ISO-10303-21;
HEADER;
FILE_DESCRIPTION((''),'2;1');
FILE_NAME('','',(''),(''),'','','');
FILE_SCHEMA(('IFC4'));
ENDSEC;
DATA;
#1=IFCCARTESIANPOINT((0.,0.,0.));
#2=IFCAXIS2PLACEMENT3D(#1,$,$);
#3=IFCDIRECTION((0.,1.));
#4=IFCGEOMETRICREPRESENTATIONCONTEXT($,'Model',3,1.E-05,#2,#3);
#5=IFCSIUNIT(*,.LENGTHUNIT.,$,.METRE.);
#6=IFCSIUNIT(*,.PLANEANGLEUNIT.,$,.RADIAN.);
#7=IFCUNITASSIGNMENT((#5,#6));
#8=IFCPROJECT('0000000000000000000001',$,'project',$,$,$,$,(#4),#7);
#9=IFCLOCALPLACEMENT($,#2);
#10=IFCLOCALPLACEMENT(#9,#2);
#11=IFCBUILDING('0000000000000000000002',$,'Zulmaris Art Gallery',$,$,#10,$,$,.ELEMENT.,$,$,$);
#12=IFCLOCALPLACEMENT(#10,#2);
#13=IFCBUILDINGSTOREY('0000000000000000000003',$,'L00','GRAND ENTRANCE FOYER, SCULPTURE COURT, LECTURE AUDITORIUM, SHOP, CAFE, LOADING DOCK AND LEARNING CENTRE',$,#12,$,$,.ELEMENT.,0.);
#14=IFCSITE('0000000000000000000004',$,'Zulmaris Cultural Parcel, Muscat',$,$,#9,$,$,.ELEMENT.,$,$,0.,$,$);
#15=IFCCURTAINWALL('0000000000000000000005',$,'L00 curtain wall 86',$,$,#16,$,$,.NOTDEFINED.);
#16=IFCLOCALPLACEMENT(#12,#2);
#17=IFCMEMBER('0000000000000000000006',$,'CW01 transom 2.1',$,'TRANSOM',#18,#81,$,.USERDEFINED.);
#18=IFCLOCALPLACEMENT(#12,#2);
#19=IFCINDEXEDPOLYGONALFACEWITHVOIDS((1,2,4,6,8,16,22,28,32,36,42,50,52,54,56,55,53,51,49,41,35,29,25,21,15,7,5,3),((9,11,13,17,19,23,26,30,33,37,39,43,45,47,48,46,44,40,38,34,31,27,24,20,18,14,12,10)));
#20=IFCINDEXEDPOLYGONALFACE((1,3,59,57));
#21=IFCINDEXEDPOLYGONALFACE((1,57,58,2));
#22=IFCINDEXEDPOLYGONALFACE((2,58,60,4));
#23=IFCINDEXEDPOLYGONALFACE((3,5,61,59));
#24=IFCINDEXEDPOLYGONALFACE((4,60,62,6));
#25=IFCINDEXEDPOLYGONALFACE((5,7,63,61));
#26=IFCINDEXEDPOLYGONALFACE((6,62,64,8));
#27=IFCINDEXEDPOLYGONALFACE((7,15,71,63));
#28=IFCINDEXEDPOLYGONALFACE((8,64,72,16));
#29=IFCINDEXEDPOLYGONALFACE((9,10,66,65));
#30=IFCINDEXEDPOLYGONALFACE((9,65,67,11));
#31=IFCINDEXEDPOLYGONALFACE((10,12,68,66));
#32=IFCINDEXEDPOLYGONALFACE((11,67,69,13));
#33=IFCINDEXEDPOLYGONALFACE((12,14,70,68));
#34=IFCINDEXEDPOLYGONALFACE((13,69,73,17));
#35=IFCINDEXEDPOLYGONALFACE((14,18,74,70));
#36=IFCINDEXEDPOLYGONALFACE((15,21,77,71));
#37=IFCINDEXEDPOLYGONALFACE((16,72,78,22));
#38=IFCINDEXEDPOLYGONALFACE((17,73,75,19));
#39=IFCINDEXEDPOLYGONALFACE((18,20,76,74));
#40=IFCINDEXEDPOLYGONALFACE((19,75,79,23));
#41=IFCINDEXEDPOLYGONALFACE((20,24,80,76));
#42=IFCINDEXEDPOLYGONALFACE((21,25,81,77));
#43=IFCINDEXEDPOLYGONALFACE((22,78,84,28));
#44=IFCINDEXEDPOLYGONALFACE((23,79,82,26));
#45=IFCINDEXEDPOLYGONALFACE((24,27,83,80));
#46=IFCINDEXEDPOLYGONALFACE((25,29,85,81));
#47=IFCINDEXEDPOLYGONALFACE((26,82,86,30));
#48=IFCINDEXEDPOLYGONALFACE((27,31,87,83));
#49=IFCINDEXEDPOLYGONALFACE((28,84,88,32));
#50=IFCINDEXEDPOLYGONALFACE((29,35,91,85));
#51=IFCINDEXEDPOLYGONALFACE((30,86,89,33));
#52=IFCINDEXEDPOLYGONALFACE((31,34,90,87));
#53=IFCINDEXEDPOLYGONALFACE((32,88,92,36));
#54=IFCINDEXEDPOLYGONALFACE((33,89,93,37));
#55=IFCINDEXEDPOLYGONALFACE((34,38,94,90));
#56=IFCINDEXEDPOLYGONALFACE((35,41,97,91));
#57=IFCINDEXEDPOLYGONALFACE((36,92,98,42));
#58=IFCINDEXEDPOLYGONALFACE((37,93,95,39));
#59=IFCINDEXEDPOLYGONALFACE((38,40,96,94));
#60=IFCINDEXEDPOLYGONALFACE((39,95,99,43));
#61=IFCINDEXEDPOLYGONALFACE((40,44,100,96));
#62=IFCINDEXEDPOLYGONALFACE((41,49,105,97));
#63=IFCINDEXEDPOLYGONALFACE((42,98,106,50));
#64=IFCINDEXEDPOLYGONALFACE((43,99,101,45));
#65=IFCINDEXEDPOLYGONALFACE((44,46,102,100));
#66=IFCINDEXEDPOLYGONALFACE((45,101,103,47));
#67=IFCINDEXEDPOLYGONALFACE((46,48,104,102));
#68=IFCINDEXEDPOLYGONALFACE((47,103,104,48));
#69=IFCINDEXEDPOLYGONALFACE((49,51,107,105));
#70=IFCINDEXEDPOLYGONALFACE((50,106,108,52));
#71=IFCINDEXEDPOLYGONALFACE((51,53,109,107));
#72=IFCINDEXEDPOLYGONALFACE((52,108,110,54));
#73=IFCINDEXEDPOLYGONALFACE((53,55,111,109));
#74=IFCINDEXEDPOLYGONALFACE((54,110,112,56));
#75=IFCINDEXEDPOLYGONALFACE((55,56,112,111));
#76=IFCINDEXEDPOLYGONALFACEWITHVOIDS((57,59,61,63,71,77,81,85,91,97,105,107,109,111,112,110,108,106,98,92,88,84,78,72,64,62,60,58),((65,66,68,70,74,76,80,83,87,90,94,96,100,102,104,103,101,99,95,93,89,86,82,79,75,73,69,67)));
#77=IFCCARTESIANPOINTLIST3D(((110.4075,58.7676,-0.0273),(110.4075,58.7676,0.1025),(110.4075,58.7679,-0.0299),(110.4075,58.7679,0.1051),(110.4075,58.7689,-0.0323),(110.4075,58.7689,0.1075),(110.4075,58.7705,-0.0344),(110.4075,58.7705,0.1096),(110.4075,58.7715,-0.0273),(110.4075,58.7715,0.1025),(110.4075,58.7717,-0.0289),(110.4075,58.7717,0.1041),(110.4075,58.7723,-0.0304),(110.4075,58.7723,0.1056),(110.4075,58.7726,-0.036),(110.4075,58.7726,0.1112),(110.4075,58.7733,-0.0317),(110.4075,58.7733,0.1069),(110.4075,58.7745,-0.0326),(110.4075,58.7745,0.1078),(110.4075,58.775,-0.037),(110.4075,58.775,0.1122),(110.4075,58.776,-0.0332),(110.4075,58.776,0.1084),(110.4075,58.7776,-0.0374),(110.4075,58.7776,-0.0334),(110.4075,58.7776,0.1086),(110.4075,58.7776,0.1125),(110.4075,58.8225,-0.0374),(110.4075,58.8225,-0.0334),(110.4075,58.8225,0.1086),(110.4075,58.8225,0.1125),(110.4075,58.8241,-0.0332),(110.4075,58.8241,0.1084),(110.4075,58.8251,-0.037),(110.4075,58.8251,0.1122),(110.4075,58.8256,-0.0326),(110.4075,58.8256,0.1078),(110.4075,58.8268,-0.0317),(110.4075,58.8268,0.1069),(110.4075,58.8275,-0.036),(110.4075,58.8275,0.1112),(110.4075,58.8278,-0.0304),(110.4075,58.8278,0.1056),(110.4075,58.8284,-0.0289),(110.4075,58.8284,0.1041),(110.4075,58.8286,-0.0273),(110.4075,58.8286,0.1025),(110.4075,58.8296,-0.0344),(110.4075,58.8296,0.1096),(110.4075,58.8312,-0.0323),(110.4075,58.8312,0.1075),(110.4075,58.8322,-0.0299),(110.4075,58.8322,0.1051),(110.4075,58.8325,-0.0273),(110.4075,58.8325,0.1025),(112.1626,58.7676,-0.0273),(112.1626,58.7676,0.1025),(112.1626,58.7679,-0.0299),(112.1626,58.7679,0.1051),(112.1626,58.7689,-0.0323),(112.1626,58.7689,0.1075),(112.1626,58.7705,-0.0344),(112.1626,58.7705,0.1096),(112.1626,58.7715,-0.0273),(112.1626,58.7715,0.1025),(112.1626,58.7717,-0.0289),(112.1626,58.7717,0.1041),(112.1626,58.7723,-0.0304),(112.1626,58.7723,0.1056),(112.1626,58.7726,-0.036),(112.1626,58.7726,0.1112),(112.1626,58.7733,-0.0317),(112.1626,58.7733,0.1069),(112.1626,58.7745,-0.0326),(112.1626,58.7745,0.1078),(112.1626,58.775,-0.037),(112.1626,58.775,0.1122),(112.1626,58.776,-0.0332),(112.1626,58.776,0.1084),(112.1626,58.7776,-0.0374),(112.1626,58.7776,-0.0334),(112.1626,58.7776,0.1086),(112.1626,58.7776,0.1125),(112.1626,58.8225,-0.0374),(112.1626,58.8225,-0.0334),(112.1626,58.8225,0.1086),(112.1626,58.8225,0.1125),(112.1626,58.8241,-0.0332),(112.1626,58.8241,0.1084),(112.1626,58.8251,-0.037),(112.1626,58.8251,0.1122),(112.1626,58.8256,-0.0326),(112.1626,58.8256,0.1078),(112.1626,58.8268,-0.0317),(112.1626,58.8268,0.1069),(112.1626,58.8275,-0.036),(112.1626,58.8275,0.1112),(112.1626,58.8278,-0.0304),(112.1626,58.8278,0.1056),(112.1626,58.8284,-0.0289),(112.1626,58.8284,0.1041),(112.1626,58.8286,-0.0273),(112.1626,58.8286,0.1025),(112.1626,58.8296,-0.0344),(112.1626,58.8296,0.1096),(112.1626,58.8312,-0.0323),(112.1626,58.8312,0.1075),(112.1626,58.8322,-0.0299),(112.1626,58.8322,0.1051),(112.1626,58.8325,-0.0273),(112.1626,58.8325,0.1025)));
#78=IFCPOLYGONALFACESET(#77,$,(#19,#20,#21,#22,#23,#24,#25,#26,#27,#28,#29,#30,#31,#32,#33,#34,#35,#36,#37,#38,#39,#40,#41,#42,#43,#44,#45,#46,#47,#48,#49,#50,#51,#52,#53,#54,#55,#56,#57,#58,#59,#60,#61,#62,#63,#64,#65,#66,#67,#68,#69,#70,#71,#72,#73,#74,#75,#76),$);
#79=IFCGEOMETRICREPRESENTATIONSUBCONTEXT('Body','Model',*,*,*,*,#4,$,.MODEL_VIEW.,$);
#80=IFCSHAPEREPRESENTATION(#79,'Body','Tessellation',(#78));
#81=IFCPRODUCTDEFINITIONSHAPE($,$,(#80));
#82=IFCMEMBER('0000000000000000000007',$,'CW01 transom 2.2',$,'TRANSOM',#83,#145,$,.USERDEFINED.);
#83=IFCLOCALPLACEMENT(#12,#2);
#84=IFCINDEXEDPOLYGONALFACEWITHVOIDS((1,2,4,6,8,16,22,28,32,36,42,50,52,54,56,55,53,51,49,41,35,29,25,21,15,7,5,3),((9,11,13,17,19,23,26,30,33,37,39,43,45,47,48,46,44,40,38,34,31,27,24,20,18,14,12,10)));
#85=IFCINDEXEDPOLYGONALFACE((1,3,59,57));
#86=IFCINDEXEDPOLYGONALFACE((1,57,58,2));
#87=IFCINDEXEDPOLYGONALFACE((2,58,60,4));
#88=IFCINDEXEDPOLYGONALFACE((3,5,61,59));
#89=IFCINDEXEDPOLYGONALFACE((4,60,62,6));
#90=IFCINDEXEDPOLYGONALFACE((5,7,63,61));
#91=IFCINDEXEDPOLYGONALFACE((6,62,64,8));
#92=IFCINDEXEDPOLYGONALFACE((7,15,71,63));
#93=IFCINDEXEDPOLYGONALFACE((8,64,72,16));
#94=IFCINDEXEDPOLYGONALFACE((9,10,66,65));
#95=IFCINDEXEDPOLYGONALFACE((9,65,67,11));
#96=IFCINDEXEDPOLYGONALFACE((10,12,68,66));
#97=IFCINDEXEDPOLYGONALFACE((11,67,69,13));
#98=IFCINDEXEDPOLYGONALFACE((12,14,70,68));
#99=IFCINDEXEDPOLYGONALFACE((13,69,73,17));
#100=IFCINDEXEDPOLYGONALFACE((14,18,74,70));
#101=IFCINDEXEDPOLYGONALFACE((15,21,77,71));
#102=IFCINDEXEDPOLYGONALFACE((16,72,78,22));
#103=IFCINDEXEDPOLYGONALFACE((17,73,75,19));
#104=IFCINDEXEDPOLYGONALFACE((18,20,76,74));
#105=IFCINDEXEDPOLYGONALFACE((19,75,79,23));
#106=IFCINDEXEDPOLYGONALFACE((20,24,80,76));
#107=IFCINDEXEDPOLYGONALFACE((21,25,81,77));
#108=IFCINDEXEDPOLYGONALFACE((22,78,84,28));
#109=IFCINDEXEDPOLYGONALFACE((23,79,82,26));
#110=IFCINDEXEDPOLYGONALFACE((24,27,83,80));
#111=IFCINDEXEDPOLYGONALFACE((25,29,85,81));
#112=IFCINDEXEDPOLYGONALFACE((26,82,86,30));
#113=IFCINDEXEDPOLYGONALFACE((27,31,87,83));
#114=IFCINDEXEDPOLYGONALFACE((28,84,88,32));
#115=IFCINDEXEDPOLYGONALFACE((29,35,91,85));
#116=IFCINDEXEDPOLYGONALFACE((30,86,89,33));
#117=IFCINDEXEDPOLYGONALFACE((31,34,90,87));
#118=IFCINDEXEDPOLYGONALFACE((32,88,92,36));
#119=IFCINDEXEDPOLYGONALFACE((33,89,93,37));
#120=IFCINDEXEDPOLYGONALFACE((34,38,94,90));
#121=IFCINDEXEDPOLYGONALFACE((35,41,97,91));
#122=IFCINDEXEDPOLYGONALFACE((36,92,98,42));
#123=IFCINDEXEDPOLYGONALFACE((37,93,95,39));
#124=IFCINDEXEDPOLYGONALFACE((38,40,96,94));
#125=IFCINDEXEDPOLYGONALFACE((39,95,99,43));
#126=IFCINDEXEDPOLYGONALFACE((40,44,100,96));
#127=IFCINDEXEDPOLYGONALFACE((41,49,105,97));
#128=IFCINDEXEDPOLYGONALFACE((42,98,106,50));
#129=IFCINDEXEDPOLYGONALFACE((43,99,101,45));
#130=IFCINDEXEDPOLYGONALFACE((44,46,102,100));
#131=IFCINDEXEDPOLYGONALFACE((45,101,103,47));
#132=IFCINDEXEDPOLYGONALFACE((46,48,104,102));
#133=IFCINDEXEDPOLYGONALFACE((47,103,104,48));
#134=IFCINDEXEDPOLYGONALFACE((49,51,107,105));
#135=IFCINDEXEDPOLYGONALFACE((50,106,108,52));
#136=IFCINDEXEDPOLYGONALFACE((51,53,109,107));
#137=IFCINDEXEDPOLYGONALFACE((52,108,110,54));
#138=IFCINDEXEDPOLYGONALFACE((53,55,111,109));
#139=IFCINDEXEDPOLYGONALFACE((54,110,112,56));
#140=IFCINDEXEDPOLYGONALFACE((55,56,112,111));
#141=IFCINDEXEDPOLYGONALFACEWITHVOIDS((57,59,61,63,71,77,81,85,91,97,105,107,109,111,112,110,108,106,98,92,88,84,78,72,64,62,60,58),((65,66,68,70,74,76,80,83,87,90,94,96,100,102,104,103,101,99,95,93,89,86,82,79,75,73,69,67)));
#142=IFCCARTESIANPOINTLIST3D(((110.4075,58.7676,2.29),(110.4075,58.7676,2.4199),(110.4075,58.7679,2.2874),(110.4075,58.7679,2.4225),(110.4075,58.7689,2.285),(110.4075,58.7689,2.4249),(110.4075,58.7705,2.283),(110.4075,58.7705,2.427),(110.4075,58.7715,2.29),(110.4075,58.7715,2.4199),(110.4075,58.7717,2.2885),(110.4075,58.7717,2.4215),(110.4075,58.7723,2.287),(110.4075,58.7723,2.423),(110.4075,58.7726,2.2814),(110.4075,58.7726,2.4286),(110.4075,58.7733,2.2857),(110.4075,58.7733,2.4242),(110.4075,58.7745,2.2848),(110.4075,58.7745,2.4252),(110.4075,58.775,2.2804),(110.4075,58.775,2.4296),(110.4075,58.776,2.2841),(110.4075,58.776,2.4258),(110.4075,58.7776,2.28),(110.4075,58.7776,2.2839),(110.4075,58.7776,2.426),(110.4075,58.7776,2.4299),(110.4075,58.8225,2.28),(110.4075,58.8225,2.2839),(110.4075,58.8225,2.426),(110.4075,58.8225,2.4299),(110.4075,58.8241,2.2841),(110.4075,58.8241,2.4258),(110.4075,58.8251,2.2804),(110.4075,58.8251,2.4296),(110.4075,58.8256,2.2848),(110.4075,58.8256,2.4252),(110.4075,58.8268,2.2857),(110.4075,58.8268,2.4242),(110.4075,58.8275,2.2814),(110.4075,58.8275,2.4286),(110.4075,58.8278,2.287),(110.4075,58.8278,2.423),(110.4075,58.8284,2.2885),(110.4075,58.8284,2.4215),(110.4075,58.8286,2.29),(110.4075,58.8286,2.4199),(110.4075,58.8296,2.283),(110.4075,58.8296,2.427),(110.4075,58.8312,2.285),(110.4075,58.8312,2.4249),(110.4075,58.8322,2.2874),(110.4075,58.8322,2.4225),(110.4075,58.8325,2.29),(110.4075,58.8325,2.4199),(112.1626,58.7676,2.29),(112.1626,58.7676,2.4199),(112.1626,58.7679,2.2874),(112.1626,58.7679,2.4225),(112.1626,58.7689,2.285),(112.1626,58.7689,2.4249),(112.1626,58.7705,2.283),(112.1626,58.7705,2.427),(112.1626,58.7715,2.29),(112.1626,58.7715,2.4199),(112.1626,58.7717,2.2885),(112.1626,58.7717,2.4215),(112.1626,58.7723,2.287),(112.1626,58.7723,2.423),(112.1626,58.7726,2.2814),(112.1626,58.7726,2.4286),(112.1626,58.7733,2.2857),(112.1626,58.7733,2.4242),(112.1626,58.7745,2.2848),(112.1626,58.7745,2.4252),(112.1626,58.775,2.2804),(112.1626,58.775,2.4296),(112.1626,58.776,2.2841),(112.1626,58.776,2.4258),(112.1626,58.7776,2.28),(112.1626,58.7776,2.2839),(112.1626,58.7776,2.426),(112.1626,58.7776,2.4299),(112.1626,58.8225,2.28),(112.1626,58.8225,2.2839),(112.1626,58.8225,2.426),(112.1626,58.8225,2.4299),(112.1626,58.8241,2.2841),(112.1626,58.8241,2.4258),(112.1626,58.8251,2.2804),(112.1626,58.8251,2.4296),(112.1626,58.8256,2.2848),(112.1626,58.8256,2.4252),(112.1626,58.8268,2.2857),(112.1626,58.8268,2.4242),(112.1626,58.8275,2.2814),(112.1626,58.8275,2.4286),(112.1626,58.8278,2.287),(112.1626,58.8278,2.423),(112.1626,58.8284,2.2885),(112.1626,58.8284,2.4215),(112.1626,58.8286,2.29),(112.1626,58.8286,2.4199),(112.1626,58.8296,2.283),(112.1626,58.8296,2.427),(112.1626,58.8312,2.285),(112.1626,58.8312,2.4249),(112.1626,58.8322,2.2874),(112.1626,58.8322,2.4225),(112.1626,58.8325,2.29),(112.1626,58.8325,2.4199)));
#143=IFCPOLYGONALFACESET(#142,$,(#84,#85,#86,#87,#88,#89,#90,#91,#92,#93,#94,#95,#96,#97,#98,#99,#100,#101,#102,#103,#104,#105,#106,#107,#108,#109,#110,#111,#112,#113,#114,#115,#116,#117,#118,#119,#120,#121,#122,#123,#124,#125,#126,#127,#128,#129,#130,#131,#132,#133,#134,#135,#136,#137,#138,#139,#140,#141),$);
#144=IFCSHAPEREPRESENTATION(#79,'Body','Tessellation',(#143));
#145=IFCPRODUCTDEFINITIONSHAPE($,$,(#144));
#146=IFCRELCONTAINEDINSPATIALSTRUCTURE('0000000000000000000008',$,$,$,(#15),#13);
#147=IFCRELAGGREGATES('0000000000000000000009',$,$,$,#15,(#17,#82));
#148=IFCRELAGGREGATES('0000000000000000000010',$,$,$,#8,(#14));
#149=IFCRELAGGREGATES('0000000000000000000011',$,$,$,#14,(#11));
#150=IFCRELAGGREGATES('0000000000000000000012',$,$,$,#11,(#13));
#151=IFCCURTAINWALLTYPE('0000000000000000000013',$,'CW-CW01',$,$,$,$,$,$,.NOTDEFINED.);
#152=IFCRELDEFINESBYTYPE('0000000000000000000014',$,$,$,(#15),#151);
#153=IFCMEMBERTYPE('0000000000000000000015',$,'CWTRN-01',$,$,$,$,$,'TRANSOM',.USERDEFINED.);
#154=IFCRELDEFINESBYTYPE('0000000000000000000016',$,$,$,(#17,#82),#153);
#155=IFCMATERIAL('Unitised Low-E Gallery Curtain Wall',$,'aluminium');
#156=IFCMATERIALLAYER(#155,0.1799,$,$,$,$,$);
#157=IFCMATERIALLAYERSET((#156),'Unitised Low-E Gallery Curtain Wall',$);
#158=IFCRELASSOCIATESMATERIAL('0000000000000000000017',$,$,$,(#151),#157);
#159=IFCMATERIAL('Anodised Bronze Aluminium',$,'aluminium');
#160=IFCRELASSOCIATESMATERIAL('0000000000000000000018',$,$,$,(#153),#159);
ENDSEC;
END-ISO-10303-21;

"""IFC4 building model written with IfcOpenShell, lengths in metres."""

from ifc_helpers import new_model, si_unit, direction, frame, origin, origin_2d, place, context, subcontext, project, spatial, hollow_rectangle, extrude, material, layer, layer_set, material_profile, profile_set, type_object, element, aggregate, save


model = new_model("IFC4")

# Units and contexts
model_context = context("Model", 3, precision=1e-05, world=origin(), true_north=direction((0.0, 1.0)))
body_context = subcontext(model_context, "Body", "Model", "MODEL_VIEW")
ifc_project = project(units=[si_unit("LENGTHUNIT", "METRE"), si_unit("PLANEANGLEUNIT", "RADIAN")], contexts=[model_context])

# Site, building, storey
site_placement = place(None, origin())
site = spatial("IfcSite", under=ifc_project, at=site_placement, Name="Zulmaris Cultural Parcel, Muscat", CompositionType="ELEMENT", RefElevation=0.0)
building_placement = place(site_placement, origin())
building = spatial("IfcBuilding", under=site, at=building_placement, Name="Zulmaris Art Gallery", CompositionType="ELEMENT")
storey_placement = place(building_placement, origin())
storey = spatial("IfcBuildingStorey", under=building, at=storey_placement, Name="L00", Description="GRAND ENTRANCE FOYER, SCULPTURE COURT, LECTURE AUDITORIUM, SHOP, CAFE, LOADING DOCK AND LEARNING CENTRE", CompositionType="ELEMENT", Elevation=0.0)

# Curtain wall, members
ifc_material_1 = material(Name="Unitised Low-E Gallery Curtain Wall", Category="aluminium")
ifc_layer_1 = layer(ifc_material_1, 0.1799)
ifc_layer_set_1 = layer_set([ifc_layer_1], Name="Unitised Low-E Gallery Curtain Wall")
curtain_wall_type = type_object("IfcCurtainWallType", Name="CW-CW01", PredefinedType="NOTDEFINED", material=ifc_layer_set_1)
curtain_wall_placement = place(storey_placement, origin())
curtain_wall = element("IfcCurtainWall", 1, at=curtain_wall_placement, inside=storey, type_object=curtain_wall_type, Name="L00 curtain wall 86", PredefinedType="NOTDEFINED")
ifc_material_2 = material(Name="Anodised Bronze Aluminium", Category="aluminium")
ifc_material_profile_1 = material_profile(ifc_material_2, hollow_rectangle(XDim=0.0649, YDim=0.1499, WallThickness=0.0039, InnerFilletRadius=0.0061, OuterFilletRadius=0.01, at=origin_2d()), Name="ALU 65x150x4")
ifc_profile_set_1 = profile_set([ifc_material_profile_1], Name="Anodised Bronze Aluminium")
member_type_1 = type_object("IfcMemberType", Name="CWTRN-01", ElementType="TRANSOM", PredefinedType="USERDEFINED", material=ifc_profile_set_1)
member_1_placement = place(storey_placement, frame((110.4075, 58.8, 0.0376), z_axis=(1.0, 0.0, 0.0), x_axis=(0.0, 1.0, 0.0)))
member_1 = element("IfcMember", 2, at=member_1_placement, type_object=member_type_1, Name="CW01 transom 2.1", ObjectType="TRANSOM", PredefinedType="USERDEFINED", context=body_context, shape_type="SweptSolid", body=[
    extrude(hollow_rectangle(XDim=0.0649, YDim=0.1499, WallThickness=0.0039, InnerFilletRadius=0.0061, OuterFilletRadius=0.01, at=origin_2d()), origin(), (0.0, 0.0, 1.0), 1.7551),
])
member_2_placement = place(storey_placement, frame((110.4075, 58.8, 2.355), z_axis=(1.0, 0.0, 0.0), x_axis=(0.0, 1.0, 0.0)))
member_2 = element("IfcMember", 3, at=member_2_placement, type_object=member_type_1, Name="CW01 transom 2.2", ObjectType="TRANSOM", PredefinedType="USERDEFINED", context=body_context, shape_type="SweptSolid", body=[
    extrude(hollow_rectangle(XDim=0.0649, YDim=0.1499, WallThickness=0.0039, InnerFilletRadius=0.0061, OuterFilletRadius=0.01, at=origin_2d()), origin(), (0.0, 0.0, 1.0), 1.7551),
])
aggregate(curtain_wall, [member_1, member_2])

save(model, "model.ifc")
